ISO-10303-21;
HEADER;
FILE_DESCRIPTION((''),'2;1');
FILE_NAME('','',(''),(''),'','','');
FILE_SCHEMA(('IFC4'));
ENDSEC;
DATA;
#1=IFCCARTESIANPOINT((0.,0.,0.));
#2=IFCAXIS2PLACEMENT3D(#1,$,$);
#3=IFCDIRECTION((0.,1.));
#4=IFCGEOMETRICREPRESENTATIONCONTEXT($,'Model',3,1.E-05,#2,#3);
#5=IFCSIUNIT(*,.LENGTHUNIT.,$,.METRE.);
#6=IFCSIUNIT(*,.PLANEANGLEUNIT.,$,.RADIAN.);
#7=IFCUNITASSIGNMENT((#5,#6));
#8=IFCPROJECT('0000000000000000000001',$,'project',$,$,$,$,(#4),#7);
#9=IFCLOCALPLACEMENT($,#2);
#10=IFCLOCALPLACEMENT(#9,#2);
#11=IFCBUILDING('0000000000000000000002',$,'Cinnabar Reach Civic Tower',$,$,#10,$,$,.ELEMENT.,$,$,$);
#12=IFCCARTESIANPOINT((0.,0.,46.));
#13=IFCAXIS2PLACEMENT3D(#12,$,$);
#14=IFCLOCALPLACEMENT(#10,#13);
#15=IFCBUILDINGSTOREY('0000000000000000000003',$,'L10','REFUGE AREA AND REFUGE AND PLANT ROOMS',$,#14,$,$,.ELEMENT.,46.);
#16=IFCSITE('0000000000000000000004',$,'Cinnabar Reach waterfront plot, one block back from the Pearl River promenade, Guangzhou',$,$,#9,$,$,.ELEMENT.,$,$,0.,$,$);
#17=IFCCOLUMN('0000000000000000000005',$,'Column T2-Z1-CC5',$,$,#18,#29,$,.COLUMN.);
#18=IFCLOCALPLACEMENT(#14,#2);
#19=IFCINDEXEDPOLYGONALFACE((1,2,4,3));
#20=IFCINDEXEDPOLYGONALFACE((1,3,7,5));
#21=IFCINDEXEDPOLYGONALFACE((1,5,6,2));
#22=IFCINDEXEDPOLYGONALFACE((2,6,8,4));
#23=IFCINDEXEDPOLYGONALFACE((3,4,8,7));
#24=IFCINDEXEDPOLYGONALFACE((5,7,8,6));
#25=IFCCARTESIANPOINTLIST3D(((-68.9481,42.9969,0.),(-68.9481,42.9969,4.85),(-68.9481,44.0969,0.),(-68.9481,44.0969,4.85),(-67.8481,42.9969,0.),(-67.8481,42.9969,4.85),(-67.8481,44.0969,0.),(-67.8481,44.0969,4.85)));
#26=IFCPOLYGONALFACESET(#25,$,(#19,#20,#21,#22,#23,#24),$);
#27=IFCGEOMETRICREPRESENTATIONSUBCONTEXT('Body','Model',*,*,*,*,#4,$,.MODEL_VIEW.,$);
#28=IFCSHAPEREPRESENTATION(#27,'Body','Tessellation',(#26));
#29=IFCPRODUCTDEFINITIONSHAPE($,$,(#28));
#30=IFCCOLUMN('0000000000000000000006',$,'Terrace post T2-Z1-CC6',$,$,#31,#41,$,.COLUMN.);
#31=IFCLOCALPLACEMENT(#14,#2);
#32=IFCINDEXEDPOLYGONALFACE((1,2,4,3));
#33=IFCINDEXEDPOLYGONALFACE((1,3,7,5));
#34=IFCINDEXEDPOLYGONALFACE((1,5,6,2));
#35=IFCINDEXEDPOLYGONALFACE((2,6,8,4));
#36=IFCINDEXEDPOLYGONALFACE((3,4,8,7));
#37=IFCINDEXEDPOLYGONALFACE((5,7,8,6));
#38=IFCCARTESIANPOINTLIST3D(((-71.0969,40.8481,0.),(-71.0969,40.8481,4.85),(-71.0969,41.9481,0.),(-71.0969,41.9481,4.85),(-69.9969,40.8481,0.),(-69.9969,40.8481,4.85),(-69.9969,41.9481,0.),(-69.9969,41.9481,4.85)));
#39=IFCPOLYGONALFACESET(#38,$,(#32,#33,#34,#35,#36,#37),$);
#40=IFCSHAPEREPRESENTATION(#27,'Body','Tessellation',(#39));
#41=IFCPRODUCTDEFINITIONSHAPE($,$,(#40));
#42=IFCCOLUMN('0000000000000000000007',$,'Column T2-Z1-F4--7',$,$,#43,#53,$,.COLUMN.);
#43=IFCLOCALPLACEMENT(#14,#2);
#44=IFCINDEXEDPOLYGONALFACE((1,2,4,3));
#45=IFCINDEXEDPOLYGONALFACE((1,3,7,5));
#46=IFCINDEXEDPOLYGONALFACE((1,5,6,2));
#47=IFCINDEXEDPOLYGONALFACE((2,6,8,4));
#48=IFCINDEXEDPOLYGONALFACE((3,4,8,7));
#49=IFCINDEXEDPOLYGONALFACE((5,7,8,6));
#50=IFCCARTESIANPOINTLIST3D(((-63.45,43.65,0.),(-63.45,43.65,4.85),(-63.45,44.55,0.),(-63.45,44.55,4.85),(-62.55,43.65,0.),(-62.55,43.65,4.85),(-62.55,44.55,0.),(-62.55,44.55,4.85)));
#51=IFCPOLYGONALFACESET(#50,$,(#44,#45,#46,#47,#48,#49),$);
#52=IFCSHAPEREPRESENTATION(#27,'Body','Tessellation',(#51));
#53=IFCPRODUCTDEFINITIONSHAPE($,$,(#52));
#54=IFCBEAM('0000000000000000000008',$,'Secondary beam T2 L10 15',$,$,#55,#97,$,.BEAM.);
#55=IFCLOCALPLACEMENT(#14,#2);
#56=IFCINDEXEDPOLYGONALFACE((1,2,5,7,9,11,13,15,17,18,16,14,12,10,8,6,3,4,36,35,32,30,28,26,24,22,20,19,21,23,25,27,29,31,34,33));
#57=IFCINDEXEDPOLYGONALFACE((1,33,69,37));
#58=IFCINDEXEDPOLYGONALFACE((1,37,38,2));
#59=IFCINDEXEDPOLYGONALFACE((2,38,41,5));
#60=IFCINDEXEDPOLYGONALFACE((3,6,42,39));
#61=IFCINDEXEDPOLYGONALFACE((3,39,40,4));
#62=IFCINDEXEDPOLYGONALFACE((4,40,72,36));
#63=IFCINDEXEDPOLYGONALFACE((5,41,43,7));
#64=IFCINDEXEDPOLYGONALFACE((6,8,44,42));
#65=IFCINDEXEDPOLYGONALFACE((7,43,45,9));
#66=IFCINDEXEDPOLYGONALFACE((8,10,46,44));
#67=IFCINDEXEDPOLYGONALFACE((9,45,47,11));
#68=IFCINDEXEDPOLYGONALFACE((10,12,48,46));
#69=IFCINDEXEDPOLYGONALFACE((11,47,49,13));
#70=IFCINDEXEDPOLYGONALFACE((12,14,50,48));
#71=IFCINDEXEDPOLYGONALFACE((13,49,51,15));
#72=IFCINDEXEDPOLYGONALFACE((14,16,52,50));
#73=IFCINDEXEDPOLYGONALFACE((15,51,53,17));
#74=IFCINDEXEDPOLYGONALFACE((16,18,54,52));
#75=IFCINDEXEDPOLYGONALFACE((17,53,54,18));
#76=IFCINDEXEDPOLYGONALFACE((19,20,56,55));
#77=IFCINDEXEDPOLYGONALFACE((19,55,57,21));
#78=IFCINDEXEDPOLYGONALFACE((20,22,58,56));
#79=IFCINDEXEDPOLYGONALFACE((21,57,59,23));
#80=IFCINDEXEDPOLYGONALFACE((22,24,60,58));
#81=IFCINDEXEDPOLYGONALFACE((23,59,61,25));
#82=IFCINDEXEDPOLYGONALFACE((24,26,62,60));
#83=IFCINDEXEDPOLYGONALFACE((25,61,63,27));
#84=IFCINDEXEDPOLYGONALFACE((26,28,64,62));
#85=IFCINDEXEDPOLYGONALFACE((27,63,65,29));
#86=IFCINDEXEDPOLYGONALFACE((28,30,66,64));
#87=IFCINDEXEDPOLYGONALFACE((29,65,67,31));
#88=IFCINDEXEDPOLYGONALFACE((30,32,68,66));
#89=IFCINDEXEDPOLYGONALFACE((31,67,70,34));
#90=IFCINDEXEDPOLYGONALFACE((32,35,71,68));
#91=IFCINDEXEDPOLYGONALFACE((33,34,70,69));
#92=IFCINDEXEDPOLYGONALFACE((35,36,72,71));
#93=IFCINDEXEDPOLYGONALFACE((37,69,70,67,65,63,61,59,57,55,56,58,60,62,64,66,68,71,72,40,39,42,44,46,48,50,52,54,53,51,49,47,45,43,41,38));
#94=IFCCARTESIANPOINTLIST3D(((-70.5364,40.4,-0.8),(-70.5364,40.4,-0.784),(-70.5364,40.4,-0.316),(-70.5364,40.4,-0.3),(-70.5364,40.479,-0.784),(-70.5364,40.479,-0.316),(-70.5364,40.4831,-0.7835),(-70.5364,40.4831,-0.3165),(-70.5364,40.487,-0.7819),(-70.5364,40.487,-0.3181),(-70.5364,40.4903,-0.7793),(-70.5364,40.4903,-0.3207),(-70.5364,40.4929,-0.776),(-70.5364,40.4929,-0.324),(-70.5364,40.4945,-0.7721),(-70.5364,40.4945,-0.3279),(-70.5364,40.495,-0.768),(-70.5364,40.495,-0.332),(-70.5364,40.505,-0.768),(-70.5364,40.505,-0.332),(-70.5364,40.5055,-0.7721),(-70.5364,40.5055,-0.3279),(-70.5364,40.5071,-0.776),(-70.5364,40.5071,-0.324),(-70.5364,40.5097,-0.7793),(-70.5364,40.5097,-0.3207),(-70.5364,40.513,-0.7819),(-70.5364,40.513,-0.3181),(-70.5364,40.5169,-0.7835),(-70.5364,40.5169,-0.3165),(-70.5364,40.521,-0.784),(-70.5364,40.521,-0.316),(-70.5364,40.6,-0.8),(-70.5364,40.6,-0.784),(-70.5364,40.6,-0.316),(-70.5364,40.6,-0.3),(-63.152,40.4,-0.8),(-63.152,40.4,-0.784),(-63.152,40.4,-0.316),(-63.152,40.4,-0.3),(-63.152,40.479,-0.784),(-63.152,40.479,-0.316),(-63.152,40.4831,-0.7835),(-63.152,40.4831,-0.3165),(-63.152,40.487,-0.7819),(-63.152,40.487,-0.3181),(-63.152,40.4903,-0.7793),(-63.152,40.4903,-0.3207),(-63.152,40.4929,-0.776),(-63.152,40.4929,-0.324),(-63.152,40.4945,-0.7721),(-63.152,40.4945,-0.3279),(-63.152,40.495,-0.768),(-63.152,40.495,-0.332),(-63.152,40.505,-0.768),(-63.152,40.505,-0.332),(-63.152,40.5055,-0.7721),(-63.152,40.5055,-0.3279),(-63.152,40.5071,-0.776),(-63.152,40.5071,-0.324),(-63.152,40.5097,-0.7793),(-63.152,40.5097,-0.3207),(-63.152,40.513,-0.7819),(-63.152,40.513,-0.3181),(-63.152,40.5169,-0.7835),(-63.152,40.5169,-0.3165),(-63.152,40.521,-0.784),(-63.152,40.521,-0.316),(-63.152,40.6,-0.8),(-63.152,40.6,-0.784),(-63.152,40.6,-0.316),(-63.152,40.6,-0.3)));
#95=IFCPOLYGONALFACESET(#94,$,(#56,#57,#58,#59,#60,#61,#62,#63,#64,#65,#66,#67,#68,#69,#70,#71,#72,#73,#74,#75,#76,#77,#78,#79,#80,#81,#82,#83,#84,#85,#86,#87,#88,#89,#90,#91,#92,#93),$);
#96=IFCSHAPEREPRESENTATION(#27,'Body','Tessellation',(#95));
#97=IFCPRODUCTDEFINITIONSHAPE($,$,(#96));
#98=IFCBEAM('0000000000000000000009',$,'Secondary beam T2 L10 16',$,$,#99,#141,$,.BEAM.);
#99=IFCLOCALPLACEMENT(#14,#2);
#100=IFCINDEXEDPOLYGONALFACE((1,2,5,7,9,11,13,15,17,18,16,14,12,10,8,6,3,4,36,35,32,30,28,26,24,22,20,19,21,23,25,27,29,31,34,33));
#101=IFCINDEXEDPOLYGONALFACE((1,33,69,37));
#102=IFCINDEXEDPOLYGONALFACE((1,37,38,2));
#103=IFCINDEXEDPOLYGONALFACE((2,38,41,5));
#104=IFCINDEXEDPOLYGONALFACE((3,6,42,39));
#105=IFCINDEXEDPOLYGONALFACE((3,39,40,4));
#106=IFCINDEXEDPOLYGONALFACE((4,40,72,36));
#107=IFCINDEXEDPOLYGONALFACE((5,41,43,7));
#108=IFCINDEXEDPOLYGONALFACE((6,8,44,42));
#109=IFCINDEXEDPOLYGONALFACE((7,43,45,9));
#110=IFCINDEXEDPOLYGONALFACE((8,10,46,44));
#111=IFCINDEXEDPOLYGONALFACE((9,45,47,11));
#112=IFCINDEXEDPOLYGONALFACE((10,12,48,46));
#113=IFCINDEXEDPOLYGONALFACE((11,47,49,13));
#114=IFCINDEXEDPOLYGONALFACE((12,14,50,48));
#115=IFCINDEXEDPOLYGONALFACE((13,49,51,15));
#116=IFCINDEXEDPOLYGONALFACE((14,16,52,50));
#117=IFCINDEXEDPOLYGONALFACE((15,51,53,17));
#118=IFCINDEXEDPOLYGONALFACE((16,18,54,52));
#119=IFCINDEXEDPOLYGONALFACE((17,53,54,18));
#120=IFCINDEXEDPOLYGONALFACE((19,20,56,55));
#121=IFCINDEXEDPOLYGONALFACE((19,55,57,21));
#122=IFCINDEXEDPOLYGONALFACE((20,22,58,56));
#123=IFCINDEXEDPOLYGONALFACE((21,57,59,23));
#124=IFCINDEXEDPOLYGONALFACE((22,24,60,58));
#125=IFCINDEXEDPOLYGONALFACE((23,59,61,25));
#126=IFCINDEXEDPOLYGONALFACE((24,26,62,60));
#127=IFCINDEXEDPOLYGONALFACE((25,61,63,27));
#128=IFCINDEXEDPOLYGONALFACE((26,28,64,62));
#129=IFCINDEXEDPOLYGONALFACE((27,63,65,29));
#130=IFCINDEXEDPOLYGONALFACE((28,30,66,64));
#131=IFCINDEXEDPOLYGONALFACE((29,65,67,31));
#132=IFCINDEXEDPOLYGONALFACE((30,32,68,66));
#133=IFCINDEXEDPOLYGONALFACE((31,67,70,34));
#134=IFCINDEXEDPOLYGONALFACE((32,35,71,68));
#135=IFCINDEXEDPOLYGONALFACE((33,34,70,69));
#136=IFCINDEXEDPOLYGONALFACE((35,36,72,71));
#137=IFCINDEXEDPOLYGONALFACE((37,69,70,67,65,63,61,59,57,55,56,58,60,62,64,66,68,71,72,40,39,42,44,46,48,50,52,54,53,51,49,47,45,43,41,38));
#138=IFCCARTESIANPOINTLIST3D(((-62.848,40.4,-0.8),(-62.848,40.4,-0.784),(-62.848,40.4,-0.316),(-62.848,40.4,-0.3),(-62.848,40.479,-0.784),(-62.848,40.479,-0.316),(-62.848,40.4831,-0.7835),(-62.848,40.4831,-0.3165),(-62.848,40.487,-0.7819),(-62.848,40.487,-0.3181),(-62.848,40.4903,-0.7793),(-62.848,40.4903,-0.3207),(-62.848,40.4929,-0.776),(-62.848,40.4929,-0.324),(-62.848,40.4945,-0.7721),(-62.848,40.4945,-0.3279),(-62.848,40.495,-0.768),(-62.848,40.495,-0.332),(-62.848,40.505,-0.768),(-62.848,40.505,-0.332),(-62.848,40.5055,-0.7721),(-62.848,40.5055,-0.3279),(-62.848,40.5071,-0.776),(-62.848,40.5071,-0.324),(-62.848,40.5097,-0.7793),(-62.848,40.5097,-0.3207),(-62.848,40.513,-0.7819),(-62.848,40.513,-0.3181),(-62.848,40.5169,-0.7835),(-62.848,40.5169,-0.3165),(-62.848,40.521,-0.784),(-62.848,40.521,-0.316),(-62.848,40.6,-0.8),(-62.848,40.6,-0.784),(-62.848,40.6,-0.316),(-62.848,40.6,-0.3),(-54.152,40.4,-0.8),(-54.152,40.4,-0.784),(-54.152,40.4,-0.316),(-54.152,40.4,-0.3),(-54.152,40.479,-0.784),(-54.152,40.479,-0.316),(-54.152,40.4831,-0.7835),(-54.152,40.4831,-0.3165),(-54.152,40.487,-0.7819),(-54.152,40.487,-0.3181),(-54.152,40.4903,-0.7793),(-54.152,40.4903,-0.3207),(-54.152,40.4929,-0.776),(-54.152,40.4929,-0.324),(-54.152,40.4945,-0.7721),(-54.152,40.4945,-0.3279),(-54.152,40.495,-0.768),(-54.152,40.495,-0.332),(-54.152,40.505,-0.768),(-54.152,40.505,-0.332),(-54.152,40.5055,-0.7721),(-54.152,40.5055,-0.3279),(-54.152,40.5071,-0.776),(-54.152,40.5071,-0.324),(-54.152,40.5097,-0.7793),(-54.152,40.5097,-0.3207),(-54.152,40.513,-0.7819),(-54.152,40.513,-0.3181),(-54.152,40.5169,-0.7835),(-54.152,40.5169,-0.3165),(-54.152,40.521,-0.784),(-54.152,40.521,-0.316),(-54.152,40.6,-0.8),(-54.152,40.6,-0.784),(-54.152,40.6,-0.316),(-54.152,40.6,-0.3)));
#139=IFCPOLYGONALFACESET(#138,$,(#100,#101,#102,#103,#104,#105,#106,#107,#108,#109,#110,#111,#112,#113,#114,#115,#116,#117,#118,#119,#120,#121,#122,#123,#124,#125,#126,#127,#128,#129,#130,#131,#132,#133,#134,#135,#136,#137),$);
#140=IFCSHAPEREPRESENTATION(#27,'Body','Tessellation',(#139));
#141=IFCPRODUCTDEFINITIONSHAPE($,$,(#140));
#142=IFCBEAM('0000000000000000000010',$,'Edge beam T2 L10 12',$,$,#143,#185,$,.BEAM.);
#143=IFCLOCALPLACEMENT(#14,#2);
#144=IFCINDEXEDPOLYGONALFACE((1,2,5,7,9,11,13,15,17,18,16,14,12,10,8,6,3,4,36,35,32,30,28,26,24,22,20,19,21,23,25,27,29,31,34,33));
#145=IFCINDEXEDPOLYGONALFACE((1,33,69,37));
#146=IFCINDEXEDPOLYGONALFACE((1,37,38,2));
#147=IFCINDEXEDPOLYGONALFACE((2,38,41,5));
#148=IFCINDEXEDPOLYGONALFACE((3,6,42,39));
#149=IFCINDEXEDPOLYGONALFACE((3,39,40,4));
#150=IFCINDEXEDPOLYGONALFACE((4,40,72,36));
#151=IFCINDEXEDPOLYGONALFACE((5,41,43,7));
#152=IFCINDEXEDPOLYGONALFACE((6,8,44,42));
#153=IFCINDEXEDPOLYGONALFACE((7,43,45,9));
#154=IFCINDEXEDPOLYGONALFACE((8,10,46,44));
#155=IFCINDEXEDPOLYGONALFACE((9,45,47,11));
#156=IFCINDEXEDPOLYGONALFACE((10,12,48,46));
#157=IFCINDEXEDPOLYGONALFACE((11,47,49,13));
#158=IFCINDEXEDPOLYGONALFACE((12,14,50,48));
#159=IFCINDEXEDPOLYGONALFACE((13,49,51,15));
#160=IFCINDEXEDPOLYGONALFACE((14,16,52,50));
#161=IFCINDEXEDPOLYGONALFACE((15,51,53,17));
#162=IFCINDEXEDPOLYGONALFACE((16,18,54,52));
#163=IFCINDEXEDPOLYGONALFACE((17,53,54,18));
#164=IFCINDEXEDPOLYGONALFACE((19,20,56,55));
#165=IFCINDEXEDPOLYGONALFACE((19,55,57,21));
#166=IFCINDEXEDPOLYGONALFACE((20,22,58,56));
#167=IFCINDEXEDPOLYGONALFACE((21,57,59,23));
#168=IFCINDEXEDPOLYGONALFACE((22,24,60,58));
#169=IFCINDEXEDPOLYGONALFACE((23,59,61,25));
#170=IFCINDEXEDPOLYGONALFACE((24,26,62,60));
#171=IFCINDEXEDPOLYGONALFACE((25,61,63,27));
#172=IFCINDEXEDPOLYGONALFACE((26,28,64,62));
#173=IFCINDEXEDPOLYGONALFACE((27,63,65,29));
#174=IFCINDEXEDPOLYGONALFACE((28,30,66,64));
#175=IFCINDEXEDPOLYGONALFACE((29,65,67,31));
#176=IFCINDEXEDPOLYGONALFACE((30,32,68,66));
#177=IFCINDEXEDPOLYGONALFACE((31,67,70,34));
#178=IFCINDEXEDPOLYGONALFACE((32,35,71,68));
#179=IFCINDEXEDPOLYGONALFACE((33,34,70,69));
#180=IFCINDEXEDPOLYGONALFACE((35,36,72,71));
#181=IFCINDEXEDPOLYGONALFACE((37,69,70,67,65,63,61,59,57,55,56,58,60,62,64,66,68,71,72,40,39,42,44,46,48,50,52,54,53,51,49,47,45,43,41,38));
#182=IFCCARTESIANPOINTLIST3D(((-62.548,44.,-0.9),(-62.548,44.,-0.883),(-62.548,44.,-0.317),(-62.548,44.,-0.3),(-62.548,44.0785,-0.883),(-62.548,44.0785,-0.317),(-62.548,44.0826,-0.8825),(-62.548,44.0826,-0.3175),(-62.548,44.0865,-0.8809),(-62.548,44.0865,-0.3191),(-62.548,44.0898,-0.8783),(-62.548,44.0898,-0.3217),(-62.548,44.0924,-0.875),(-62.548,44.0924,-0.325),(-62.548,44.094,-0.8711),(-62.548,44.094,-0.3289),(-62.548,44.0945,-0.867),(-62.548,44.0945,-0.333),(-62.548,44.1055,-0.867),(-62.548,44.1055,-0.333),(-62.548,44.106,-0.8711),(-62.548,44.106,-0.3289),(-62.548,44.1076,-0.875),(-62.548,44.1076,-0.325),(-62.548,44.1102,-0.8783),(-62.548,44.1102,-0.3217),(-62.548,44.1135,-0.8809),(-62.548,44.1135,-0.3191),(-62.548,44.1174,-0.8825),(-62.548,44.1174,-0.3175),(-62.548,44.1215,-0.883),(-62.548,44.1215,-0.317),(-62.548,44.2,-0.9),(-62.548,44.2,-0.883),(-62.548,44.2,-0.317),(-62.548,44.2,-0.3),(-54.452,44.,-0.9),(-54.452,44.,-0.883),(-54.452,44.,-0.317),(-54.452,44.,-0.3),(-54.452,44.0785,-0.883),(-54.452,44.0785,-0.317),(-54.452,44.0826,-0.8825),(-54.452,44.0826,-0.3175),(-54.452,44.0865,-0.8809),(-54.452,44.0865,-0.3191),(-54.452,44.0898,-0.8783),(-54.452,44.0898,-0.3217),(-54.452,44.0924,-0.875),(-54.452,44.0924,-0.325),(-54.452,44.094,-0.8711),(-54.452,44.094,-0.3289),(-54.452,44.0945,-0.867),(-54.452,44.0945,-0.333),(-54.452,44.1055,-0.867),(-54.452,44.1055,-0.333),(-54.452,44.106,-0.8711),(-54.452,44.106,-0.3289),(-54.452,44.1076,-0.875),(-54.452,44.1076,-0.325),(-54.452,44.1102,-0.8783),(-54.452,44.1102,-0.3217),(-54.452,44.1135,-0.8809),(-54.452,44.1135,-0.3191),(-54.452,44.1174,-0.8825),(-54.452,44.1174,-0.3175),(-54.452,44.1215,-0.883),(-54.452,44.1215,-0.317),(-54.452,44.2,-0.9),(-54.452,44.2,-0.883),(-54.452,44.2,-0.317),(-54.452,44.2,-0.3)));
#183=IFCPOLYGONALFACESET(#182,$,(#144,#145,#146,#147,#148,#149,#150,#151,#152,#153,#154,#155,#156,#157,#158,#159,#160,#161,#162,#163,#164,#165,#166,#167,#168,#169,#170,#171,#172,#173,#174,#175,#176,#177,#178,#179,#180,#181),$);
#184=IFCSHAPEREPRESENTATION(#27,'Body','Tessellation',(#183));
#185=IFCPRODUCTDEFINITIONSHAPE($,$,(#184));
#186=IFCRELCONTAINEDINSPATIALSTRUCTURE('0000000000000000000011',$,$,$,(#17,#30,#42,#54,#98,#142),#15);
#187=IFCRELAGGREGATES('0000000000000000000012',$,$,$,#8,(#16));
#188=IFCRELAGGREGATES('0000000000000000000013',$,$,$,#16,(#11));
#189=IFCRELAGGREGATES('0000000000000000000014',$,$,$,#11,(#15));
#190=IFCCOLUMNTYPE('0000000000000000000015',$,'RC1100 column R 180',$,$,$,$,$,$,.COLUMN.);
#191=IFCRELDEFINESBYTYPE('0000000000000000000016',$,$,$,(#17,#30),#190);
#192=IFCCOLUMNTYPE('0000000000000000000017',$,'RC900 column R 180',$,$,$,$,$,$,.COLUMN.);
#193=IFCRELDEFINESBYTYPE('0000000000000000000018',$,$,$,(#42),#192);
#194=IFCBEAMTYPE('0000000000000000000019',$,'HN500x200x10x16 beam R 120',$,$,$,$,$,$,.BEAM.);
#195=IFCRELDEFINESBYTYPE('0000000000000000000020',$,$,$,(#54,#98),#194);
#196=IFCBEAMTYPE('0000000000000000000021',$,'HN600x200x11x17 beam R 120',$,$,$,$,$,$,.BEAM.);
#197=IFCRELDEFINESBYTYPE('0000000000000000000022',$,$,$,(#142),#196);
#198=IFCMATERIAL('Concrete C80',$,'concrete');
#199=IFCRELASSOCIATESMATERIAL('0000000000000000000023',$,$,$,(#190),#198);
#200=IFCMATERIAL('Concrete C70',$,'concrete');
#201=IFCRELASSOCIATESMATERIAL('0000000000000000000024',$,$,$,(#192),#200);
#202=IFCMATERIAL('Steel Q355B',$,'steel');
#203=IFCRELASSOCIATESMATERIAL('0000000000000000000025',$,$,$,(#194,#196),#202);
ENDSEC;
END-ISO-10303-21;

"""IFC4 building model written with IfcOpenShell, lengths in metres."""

from ifc_helpers import new_model, si_unit, direction, frame, origin, origin_2d, place, context, subcontext, project, spatial, rectangle, i_section, extrude, material, material_profile, profile_set, type_object, element, save


model = new_model("IFC4")

# Units and contexts
model_context = context("Model", 3, precision=1e-05, world=origin(), true_north=direction((0.0, 1.0)))
body_context = subcontext(model_context, "Body", "Model", "MODEL_VIEW")
ifc_project = project(units=[si_unit("LENGTHUNIT", "METRE"), si_unit("PLANEANGLEUNIT", "RADIAN")], contexts=[model_context])

# Site, building, storey
site_placement = place(None, origin())
site = spatial("IfcSite", under=ifc_project, at=site_placement, Name="Cinnabar Reach waterfront plot, one block back from the Pearl River promenade, Guangzhou", CompositionType="ELEMENT", RefElevation=0.0)
building_placement = place(site_placement, origin())
building = spatial("IfcBuilding", under=site, at=building_placement, Name="Cinnabar Reach Civic Tower", CompositionType="ELEMENT")
storey_placement = place(building_placement, frame((0.0, 0.0, 46.0)))
storey = spatial("IfcBuildingStorey", under=building, at=storey_placement, Name="L10", Description="REFUGE AREA AND REFUGE AND PLANT ROOMS", CompositionType="ELEMENT", Elevation=46.0)

# Columns
ifc_material_1 = material(Name="Concrete C80", Category="concrete")
ifc_material_profile_1 = material_profile(ifc_material_1, rectangle(XDim=1.1, YDim=1.1, at=origin_2d()), Name="RC1100")
ifc_profile_set_1 = profile_set([ifc_material_profile_1], Name="Concrete C80")
column_type_1 = type_object("IfcColumnType", Name="RC1100 column R 180", PredefinedType="COLUMN", material=ifc_profile_set_1)
for number, where, z_axis, x_axis, name in (
    (1, (-68.3981, 43.5469, 0.0), (0.0, 0.0, 1.0), (1.0, 0.0, 0.0), "Column T2-Z1-CC5"),
    (2, (-70.5469, 41.3981, 0.0), (0.0, 0.0, 1.0), (1.0, 0.0, 0.0), "Terrace post T2-Z1-CC6"),
):
    element("IfcColumn", number, at=place(storey_placement, frame(where, z_axis=z_axis, x_axis=x_axis)), inside=storey, type_object=column_type_1, Name=name, PredefinedType="COLUMN", context=body_context, shape_type="SweptSolid", body=[
        extrude(rectangle(XDim=1.1, YDim=1.1, at=origin_2d()), origin(), (0.0, 0.0, 1.0), 4.85),
    ])
ifc_material_2 = material(Name="Concrete C70", Category="concrete")
ifc_material_profile_2 = material_profile(ifc_material_2, rectangle(XDim=0.9, YDim=0.9, at=origin_2d()), Name="RC900")
ifc_profile_set_2 = profile_set([ifc_material_profile_2], Name="Concrete C70")
column_type_2 = type_object("IfcColumnType", Name="RC900 column R 180", PredefinedType="COLUMN", material=ifc_profile_set_2)
column_placement = place(storey_placement, frame((-63.0, 44.1, 0.0), z_axis=(0.0, 0.0, 1.0), x_axis=(1.0, 0.0, 0.0)))
element("IfcColumn", 3, at=column_placement, inside=storey, type_object=column_type_2, Name="Column T2-Z1-F4--7", PredefinedType="COLUMN", context=body_context, shape_type="SweptSolid", body=[
    extrude(rectangle(XDim=0.9, YDim=0.9, at=origin_2d()), origin(), (0.0, 0.0, 1.0), 4.85),
])

# Beams
ifc_material_3 = material(Name="Steel Q355B", Category="steel")
ifc_material_profile_3 = material_profile(ifc_material_3, i_section(OverallWidth=0.2, OverallDepth=0.5, WebThickness=0.01, FlangeThickness=0.016, FilletRadius=0.016, at=origin_2d()), Name="HN500x200x10x16")
ifc_profile_set_3 = profile_set([ifc_material_profile_3], Name="Steel Q355B")
beam_type_1 = type_object("IfcBeamType", Name="HN500x200x10x16 beam R 120", PredefinedType="BEAM", material=ifc_profile_set_3)
beam_1_placement = place(storey_placement, frame((-70.5364, 40.5, -0.55), z_axis=(1.0, 0.0, 0.0), x_axis=(0.0, 1.0, 0.0)))
element("IfcBeam", 4, at=beam_1_placement, inside=storey, type_object=beam_type_1, Name="Secondary beam T2 L10 15", PredefinedType="BEAM", context=body_context, shape_type="SweptSolid", body=[
    extrude(i_section(OverallWidth=0.2, OverallDepth=0.5, WebThickness=0.01, FlangeThickness=0.016, FilletRadius=0.016, at=origin_2d()), origin(), (0.0, 0.0, 1.0), 7.3844),
])
beam_2_placement = place(storey_placement, frame((-62.848, 40.5, -0.55), z_axis=(1.0, 0.0, 0.0), x_axis=(0.0, 1.0, 0.0)))
element("IfcBeam", 5, at=beam_2_placement, inside=storey, type_object=beam_type_1, Name="Secondary beam T2 L10 16", PredefinedType="BEAM", context=body_context, shape_type="SweptSolid", body=[
    extrude(i_section(OverallWidth=0.2, OverallDepth=0.5, WebThickness=0.01, FlangeThickness=0.016, FilletRadius=0.016, at=origin_2d()), origin(), (0.0, 0.0, 1.0), 8.696),
])
ifc_material_profile_4 = material_profile(ifc_material_3, i_section(OverallWidth=0.2, OverallDepth=0.6, WebThickness=0.011, FlangeThickness=0.017, FilletRadius=0.016, at=origin_2d()), Name="HN600x200x11x17")
ifc_profile_set_4 = profile_set([ifc_material_profile_4], Name="Steel Q355B")
beam_type_2 = type_object("IfcBeamType", Name="HN600x200x11x17 beam R 120", PredefinedType="BEAM", material=ifc_profile_set_4)
beam_3_placement = place(storey_placement, frame((-54.452, 44.1, -0.6), z_axis=(-1.0, 0.0, 0.0), x_axis=(0.0, -1.0, 0.0)))
element("IfcBeam", 6, at=beam_3_placement, inside=storey, type_object=beam_type_2, Name="Edge beam T2 L10 12", PredefinedType="BEAM", context=body_context, shape_type="SweptSolid", body=[
    extrude(i_section(OverallWidth=0.2, OverallDepth=0.6, WebThickness=0.011, FlangeThickness=0.017, FilletRadius=0.016, at=origin_2d()), origin(), (0.0, 0.0, 1.0), 8.096),
])

save(model, "model.ifc")
